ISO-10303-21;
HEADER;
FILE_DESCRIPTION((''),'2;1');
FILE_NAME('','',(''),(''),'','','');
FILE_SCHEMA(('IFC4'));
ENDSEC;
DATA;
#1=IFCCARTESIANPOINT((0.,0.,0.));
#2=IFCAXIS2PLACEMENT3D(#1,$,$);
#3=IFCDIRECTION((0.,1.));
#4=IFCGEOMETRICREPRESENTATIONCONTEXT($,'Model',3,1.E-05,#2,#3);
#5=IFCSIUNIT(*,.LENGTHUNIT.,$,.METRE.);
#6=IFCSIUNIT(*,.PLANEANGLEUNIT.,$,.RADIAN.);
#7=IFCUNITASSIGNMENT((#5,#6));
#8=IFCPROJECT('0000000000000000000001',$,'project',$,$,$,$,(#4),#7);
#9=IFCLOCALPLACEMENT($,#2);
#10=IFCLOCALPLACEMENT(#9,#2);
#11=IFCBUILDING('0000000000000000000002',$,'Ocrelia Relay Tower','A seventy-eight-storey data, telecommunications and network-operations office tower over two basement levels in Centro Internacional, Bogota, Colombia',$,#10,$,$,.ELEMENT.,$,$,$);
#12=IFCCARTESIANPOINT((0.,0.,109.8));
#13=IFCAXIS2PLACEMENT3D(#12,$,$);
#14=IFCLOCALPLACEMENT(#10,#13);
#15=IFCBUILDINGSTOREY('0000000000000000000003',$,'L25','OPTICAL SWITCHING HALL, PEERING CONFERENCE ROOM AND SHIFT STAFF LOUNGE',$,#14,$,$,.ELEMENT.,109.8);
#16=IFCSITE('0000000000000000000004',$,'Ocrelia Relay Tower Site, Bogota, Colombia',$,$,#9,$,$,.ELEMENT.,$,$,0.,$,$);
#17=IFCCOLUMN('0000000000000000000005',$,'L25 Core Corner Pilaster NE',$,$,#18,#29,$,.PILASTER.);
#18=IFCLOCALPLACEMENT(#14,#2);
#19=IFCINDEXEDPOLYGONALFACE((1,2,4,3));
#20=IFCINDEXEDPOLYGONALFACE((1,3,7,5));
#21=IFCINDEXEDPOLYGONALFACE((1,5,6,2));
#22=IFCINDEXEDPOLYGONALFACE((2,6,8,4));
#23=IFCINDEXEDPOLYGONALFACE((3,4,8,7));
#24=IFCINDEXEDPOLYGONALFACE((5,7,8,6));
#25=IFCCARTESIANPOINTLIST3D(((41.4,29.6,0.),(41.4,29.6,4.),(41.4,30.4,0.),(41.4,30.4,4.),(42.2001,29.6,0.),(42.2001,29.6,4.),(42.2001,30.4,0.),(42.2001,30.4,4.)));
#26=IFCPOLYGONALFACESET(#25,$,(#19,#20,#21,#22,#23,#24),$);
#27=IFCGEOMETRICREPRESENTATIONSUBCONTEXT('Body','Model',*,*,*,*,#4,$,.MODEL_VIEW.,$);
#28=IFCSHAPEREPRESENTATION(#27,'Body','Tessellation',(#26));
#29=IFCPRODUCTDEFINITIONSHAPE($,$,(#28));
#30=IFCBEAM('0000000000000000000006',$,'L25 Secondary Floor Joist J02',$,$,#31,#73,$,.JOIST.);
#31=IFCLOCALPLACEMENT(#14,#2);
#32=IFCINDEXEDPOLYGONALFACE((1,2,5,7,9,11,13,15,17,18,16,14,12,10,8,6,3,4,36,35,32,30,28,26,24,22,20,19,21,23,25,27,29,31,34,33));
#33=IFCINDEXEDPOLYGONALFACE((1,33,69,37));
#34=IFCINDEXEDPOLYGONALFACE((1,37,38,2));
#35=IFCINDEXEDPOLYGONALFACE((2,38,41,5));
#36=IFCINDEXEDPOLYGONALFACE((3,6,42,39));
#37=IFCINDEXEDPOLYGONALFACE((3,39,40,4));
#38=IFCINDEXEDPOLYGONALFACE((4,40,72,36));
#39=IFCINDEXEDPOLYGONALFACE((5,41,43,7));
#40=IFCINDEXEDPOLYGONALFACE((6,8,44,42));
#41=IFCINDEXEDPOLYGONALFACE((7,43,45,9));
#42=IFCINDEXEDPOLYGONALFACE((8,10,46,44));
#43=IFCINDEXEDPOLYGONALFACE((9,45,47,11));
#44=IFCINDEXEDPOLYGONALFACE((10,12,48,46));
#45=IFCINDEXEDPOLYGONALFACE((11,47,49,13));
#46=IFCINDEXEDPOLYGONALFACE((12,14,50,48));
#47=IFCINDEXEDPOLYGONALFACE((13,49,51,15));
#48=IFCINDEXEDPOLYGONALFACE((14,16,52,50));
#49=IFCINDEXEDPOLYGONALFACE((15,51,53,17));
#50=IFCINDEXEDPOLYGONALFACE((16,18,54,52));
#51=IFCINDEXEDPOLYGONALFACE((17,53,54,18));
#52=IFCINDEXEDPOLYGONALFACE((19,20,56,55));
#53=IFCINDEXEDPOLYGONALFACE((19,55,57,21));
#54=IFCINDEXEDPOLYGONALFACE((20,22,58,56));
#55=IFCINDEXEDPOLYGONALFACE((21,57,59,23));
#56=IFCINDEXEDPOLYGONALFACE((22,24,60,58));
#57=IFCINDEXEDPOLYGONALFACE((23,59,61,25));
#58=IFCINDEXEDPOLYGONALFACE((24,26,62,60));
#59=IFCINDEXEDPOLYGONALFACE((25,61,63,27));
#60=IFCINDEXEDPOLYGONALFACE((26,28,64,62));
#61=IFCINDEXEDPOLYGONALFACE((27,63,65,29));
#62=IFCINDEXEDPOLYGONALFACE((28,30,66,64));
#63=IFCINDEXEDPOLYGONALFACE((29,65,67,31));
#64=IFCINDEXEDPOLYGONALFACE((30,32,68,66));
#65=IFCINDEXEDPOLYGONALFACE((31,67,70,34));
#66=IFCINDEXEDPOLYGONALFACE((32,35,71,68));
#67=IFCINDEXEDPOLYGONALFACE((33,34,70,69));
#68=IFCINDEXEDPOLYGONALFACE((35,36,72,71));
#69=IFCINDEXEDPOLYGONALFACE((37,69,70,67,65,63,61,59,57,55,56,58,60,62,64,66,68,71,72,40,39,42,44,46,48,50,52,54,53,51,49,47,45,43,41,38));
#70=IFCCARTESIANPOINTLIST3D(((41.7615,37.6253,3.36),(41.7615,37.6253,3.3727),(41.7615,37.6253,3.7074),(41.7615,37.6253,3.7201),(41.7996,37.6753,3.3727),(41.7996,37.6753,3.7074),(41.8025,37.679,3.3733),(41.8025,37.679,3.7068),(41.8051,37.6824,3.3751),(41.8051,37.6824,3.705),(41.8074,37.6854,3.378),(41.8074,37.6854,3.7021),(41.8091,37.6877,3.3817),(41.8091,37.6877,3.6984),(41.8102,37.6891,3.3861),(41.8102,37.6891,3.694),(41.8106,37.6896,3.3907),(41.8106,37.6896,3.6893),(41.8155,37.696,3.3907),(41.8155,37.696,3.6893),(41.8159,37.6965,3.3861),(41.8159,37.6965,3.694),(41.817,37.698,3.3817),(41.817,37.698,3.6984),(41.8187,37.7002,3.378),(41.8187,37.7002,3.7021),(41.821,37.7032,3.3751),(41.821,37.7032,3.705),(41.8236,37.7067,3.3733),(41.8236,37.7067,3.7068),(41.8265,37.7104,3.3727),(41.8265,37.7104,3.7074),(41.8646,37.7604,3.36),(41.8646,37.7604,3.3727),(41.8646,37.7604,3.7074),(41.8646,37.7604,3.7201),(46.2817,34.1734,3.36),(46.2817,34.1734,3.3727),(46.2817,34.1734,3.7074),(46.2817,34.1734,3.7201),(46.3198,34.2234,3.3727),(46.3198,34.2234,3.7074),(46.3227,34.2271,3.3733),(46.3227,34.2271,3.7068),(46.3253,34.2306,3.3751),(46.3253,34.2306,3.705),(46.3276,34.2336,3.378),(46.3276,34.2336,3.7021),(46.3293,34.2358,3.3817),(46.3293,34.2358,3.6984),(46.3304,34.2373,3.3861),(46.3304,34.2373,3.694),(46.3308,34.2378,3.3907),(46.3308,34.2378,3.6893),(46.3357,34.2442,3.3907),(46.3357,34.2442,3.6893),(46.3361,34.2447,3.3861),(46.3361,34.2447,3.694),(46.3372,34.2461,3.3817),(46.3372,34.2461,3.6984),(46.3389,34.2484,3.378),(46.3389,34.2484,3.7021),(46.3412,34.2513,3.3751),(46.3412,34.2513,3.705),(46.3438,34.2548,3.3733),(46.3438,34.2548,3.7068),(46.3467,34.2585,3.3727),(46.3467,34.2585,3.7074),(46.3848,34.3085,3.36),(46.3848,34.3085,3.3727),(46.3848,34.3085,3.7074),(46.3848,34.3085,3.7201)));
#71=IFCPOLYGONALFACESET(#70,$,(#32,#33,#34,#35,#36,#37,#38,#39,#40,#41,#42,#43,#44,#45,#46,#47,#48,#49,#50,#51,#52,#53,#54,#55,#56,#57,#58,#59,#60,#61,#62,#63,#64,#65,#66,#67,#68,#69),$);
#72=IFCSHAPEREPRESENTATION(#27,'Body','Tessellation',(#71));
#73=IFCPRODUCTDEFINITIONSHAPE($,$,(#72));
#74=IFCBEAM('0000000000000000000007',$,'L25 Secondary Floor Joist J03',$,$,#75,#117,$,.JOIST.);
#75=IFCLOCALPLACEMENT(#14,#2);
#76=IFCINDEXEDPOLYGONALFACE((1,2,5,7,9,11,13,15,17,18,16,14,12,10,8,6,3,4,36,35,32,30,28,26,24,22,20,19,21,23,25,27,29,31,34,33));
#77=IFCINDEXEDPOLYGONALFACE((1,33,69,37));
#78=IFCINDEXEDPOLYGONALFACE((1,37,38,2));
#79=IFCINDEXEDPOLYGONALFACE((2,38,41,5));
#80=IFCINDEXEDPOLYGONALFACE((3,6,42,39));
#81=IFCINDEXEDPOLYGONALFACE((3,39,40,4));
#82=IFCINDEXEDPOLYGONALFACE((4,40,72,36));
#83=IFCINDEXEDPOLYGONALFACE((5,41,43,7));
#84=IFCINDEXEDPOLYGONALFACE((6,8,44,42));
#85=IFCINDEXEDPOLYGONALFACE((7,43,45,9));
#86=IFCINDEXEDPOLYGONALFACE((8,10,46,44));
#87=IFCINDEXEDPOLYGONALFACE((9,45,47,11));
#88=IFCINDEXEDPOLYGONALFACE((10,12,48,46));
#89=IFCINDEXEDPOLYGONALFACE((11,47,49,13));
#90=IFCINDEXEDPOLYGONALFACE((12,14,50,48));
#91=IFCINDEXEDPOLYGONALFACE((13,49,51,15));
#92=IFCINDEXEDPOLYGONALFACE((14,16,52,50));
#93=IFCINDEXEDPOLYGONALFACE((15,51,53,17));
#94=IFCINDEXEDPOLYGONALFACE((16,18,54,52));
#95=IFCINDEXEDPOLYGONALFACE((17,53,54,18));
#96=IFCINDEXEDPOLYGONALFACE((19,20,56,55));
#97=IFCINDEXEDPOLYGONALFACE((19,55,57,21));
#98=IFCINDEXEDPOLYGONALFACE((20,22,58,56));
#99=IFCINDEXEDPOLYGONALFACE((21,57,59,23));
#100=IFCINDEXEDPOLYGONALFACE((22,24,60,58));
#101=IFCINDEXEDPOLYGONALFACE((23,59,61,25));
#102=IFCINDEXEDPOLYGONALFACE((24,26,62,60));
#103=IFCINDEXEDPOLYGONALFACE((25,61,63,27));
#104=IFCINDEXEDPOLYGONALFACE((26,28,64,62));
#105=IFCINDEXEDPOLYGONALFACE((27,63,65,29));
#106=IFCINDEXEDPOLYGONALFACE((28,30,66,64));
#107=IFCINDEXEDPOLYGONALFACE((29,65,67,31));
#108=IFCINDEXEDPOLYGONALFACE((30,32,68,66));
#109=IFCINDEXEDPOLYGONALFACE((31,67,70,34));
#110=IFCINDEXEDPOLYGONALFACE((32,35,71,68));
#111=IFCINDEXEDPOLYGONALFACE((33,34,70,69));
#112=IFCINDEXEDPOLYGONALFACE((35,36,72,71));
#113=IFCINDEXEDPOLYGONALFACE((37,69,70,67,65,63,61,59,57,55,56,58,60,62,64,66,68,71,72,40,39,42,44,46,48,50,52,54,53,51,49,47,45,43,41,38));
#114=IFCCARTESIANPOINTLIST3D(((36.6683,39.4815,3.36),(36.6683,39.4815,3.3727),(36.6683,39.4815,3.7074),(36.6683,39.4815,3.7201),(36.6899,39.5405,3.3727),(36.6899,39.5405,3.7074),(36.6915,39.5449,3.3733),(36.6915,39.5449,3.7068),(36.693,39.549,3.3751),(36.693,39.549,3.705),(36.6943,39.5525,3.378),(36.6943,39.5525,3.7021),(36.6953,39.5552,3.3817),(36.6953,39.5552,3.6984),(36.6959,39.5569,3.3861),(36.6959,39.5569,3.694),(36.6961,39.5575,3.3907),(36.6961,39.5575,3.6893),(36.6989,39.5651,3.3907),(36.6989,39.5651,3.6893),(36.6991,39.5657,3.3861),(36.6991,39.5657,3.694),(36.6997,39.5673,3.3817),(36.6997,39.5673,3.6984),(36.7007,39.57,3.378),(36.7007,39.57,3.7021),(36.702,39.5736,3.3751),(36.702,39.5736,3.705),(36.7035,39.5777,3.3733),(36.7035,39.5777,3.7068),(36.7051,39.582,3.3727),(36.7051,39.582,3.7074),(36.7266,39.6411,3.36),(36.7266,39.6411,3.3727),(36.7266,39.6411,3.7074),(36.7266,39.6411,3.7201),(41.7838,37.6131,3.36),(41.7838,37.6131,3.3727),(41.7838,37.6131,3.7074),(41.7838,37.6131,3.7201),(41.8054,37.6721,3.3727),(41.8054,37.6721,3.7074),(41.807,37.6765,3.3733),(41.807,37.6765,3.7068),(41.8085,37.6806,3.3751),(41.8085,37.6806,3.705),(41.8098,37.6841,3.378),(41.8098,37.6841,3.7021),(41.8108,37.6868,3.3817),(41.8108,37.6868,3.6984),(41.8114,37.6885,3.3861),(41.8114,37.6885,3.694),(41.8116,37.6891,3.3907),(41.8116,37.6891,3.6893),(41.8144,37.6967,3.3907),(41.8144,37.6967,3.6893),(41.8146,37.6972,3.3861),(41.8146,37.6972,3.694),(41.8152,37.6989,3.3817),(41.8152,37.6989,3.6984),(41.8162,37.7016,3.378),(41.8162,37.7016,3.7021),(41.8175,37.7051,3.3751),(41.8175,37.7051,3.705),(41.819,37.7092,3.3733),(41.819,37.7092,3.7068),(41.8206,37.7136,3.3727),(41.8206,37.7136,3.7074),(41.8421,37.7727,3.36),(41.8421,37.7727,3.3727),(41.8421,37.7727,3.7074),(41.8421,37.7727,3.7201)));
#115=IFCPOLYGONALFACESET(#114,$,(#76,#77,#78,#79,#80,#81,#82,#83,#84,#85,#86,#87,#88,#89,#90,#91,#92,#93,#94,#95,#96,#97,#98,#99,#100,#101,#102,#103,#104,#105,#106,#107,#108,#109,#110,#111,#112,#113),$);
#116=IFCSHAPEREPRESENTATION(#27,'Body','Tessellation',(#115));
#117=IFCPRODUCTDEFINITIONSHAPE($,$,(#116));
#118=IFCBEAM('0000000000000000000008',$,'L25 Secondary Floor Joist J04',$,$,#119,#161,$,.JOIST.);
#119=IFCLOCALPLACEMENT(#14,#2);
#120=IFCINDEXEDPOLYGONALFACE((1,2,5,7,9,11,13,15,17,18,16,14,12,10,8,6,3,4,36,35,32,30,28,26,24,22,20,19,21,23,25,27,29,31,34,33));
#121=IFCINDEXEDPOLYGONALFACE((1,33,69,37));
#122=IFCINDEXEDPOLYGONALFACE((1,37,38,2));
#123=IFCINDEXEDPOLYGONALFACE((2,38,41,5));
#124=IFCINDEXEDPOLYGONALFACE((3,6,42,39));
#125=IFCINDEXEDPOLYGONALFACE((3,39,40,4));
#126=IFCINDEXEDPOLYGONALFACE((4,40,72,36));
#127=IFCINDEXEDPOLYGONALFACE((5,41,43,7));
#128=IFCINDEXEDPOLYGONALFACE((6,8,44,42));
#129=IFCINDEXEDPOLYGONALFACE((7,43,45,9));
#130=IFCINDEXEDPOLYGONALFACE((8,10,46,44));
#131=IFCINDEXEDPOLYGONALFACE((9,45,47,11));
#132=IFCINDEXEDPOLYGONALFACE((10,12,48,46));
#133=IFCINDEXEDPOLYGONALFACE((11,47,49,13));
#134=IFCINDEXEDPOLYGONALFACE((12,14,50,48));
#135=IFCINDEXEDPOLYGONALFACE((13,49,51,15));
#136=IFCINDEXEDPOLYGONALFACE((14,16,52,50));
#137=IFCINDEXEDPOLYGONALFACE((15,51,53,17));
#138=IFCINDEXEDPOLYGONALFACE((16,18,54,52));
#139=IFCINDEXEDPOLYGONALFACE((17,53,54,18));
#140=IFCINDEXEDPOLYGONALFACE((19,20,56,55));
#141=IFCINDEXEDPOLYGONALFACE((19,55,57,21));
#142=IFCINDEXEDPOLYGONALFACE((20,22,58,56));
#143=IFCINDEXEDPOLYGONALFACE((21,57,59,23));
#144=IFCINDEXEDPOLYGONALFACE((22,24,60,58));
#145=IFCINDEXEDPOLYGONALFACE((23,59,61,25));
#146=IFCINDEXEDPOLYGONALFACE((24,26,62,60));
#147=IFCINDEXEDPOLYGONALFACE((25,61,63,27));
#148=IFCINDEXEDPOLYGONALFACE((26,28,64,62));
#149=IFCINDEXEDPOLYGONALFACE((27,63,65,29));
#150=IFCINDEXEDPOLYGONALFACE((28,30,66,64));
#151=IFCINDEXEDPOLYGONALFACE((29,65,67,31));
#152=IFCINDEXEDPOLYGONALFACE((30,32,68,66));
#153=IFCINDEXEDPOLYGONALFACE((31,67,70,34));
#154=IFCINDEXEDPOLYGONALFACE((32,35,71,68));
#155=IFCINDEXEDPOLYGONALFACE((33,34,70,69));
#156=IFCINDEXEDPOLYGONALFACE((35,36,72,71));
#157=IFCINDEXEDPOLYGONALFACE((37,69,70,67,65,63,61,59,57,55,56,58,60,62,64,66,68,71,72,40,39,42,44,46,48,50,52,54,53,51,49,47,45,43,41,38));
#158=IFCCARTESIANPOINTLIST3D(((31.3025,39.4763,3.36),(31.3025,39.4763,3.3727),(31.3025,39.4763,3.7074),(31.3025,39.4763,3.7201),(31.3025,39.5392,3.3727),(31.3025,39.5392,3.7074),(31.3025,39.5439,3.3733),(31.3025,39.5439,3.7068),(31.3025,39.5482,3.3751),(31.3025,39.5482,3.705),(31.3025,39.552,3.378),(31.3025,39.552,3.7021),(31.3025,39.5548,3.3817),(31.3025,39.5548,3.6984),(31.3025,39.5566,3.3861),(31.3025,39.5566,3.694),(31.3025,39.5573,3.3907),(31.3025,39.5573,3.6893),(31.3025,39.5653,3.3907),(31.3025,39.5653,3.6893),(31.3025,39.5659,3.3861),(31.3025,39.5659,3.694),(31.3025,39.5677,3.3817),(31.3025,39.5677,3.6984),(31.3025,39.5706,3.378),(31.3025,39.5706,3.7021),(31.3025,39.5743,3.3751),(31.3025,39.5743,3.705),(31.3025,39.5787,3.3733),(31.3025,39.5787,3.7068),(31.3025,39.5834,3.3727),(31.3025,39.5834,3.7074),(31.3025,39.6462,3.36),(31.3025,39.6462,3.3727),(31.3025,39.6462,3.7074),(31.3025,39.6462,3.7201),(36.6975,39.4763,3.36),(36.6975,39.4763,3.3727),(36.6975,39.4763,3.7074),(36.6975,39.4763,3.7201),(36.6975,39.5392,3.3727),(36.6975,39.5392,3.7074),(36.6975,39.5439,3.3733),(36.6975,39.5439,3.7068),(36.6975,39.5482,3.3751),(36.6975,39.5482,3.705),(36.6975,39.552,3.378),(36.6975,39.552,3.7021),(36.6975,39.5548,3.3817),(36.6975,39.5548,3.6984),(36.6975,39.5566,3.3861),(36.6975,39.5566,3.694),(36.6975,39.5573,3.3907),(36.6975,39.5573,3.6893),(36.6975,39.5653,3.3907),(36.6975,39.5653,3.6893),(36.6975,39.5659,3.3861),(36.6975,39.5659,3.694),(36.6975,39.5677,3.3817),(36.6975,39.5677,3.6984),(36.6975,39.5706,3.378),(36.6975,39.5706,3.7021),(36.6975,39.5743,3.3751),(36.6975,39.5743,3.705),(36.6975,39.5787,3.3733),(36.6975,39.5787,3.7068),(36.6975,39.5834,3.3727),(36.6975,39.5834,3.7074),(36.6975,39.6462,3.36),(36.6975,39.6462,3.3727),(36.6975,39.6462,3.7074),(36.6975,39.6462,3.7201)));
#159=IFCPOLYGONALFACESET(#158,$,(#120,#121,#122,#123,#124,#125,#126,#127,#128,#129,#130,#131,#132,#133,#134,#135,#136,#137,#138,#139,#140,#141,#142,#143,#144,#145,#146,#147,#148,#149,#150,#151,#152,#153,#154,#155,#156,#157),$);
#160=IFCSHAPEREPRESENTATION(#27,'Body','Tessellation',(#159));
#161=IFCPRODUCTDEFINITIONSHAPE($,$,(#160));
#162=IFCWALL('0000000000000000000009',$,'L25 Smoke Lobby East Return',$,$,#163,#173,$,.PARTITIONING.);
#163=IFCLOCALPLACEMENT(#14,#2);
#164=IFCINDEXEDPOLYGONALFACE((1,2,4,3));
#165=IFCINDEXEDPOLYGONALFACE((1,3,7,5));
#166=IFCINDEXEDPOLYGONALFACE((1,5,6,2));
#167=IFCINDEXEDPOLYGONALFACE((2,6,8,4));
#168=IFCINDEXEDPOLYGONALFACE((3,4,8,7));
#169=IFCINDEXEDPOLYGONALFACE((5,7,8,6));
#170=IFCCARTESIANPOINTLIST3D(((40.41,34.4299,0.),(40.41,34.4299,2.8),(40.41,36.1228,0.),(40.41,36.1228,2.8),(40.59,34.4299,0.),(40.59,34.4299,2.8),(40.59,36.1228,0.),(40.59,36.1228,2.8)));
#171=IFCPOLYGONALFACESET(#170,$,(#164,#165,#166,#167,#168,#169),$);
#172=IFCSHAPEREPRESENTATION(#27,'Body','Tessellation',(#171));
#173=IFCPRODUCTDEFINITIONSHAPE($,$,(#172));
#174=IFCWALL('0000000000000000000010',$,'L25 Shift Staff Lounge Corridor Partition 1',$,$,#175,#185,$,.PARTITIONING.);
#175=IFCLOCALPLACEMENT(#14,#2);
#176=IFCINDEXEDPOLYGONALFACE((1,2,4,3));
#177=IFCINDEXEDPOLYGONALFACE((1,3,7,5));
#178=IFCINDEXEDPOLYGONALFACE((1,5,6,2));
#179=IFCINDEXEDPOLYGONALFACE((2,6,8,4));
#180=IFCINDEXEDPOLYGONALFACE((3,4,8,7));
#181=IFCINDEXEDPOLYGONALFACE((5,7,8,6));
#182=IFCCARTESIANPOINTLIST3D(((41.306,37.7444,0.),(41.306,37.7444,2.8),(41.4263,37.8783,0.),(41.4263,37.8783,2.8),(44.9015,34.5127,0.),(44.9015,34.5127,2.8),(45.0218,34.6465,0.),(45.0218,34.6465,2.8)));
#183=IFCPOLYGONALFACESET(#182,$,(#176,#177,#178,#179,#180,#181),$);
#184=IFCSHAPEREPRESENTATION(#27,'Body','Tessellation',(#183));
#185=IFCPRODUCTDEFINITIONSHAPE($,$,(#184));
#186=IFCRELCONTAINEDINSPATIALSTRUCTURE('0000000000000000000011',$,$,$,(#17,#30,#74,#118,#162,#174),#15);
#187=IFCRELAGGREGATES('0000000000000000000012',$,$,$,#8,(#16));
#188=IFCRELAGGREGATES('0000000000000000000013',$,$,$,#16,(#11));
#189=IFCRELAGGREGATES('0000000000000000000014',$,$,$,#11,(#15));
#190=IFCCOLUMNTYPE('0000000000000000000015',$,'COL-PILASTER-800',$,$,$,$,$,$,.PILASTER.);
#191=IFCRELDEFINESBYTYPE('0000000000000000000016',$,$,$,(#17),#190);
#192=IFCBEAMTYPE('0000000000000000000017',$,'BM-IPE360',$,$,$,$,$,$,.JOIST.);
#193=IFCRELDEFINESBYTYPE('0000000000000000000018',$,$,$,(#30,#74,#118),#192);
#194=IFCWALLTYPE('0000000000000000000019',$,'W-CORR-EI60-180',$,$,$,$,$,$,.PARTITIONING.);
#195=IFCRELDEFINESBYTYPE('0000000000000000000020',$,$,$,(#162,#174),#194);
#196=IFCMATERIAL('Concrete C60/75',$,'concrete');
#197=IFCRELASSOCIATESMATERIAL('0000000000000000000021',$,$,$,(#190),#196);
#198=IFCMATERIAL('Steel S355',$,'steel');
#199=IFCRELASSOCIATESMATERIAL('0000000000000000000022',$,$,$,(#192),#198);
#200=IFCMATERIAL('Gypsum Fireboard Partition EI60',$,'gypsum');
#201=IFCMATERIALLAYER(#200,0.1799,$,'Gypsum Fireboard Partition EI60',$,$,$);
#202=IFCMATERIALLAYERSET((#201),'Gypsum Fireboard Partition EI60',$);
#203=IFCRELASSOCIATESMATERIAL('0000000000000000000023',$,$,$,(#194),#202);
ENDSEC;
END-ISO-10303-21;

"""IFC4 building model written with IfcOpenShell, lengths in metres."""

from ifc_helpers import new_model, si_unit, direction, frame, frame_2d, origin, origin_2d, place, context, subcontext, project, spatial, rectangle, i_section, extrude, material, layer, layer_set, material_profile, profile_set, type_object, element, save


model = new_model("IFC4")

# Units and contexts
model_context = context("Model", 3, precision=1e-05, world=origin(), true_north=direction((0.0, 1.0)))
body_context = subcontext(model_context, "Body", "Model", "MODEL_VIEW")
ifc_project = project(units=[si_unit("LENGTHUNIT", "METRE"), si_unit("PLANEANGLEUNIT", "RADIAN")], contexts=[model_context])

# Site, building, storey
site_placement = place(None, origin())
site = spatial("IfcSite", under=ifc_project, at=site_placement, Name="Ocrelia Relay Tower Site, Bogota, Colombia", CompositionType="ELEMENT", RefElevation=0.0)
building_placement = place(site_placement, origin())
building = spatial("IfcBuilding", under=site, at=building_placement, Name="Ocrelia Relay Tower", Description="A seventy-eight-storey data, telecommunications and network-operations office tower over two basement levels in Centro Internacional, Bogota, Colombia", CompositionType="ELEMENT")
storey_placement = place(building_placement, frame((0.0, 0.0, 109.8)))
storey = spatial("IfcBuildingStorey", under=building, at=storey_placement, Name="L25", Description="OPTICAL SWITCHING HALL, PEERING CONFERENCE ROOM AND SHIFT STAFF LOUNGE", CompositionType="ELEMENT", Elevation=109.8)

# Column
ifc_material_1 = material(Name="Concrete C60/75", Category="concrete")
ifc_material_profile_1 = material_profile(ifc_material_1, rectangle(XDim=0.8, YDim=0.8, at=origin_2d()), Name="RC-COL-800x800")
ifc_profile_set_1 = profile_set([ifc_material_profile_1], Name="Concrete C60/75")
column_type = type_object("IfcColumnType", Name="COL-PILASTER-800", PredefinedType="PILASTER", material=ifc_profile_set_1)
column_placement = place(storey_placement, frame((41.8, 30.0, 0.0), z_axis=(0.0, 0.0, 1.0), x_axis=(1.0, 0.0, 0.0)))
element("IfcColumn", 1, at=column_placement, inside=storey, type_object=column_type, Name="L25 Core Corner Pilaster NE", PredefinedType="PILASTER", context=body_context, shape_type="SweptSolid", body=[
    extrude(rectangle(XDim=0.8, YDim=0.8, at=origin_2d()), origin(), (0.0, 0.0, 1.0), 4.0),
])

# Beams
ifc_material_2 = material(Name="Steel S355", Category="steel")
ifc_material_profile_2 = material_profile(ifc_material_2, i_section(OverallWidth=0.1699, OverallDepth=0.3601, WebThickness=0.0081, FlangeThickness=0.0127, FilletRadius=0.0181, at=origin_2d()), Name="IPE 360")
ifc_profile_set_2 = profile_set([ifc_material_profile_2], Name="Steel S355")
beam_type = type_object("IfcBeamType", Name="BM-IPE360", PredefinedType="JOIST", material=ifc_profile_set_2)
beam_1_placement = place(storey_placement, frame((46.3333, 34.241, 3.54), z_axis=(-0.794762, 0.606921, 0.0), x_axis=(-0.606921, -0.794762, 0.0)))
element("IfcBeam", 2, at=beam_1_placement, inside=storey, type_object=beam_type, Name="L25 Secondary Floor Joist J02", PredefinedType="JOIST", context=body_context, shape_type="SweptSolid", body=[
    extrude(i_section(OverallWidth=0.1699, OverallDepth=0.3601, WebThickness=0.0081, FlangeThickness=0.0127, FilletRadius=0.0181, at=origin_2d()), origin(), (0.0, 0.0, 1.0), 5.6875),
])
beam_2_placement = place(storey_placement, frame((41.813, 37.6929, 3.54), z_axis=(-0.939307, 0.343078, 0.0), x_axis=(-0.343078, -0.939307, 0.0)))
element("IfcBeam", 3, at=beam_2_placement, inside=storey, type_object=beam_type, Name="L25 Secondary Floor Joist J03", PredefinedType="JOIST", context=body_context, shape_type="SweptSolid", body=[
    extrude(i_section(OverallWidth=0.1699, OverallDepth=0.3601, WebThickness=0.0081, FlangeThickness=0.0127, FilletRadius=0.0181, at=origin_2d()), origin(), (0.0, 0.0, 1.0), 5.446),
])
beam_3_placement = place(storey_placement, frame((36.6975, 39.5613, 3.54), z_axis=(-1.0, 0.0, 0.0), x_axis=(0.0, -1.0, 0.0)))
element("IfcBeam", 4, at=beam_3_placement, inside=storey, type_object=beam_type, Name="L25 Secondary Floor Joist J04", PredefinedType="JOIST", context=body_context, shape_type="SweptSolid", body=[
    extrude(i_section(OverallWidth=0.1699, OverallDepth=0.3601, WebThickness=0.0081, FlangeThickness=0.0127, FilletRadius=0.0181, at=origin_2d()), origin(), (0.0, 0.0, 1.0), 5.395),
])

# Wall
ifc_material_3 = material(Name="Gypsum Fireboard Partition EI60", Category="gypsum")
ifc_layer_1 = layer(ifc_material_3, 0.1799, Name="Gypsum Fireboard Partition EI60")
ifc_layer_set_1 = layer_set([ifc_layer_1], Name="Gypsum Fireboard Partition EI60")
wall_type_1 = type_object("IfcWallType", Name="W-CORR-EI60-180", PredefinedType="PARTITIONING", material=ifc_layer_set_1)
wall_1_placement = place(storey_placement, frame((40.5, 36.1228, 0.0), z_axis=(0.0, 0.0, 1.0), x_axis=(0.0, -1.0, 0.0)))
element("IfcWall", 5, at=wall_1_placement, inside=storey, type_object=wall_type_1, Name="L25 Smoke Lobby East Return", PredefinedType="PARTITIONING", context=body_context, shape_type="SweptSolid", body=[
    extrude(rectangle(XDim=1.6929, YDim=0.1799, at=frame_2d((0.8464, 0.0))), origin(), (0.0, 0.0, 1.0), 2.8),
])

# Wall
wall_2_placement = place(storey_placement, frame((44.9617, 34.5796, 0.0), z_axis=(0.0, 0.0, 1.0), x_axis=(-0.743728, 0.668482, 0.0)))
element("IfcWall", 6, at=wall_2_placement, inside=storey, type_object=wall_type_1, Name="L25 Shift Staff Lounge Corridor Partition 1", PredefinedType="PARTITIONING", context=body_context, shape_type="SweptSolid", body=[
    extrude(rectangle(XDim=4.8345, YDim=0.1799, at=frame_2d((2.4172, 0.0))), origin(), (0.0, 0.0, 1.0), 2.8),
])

save(model, "model.ifc")
